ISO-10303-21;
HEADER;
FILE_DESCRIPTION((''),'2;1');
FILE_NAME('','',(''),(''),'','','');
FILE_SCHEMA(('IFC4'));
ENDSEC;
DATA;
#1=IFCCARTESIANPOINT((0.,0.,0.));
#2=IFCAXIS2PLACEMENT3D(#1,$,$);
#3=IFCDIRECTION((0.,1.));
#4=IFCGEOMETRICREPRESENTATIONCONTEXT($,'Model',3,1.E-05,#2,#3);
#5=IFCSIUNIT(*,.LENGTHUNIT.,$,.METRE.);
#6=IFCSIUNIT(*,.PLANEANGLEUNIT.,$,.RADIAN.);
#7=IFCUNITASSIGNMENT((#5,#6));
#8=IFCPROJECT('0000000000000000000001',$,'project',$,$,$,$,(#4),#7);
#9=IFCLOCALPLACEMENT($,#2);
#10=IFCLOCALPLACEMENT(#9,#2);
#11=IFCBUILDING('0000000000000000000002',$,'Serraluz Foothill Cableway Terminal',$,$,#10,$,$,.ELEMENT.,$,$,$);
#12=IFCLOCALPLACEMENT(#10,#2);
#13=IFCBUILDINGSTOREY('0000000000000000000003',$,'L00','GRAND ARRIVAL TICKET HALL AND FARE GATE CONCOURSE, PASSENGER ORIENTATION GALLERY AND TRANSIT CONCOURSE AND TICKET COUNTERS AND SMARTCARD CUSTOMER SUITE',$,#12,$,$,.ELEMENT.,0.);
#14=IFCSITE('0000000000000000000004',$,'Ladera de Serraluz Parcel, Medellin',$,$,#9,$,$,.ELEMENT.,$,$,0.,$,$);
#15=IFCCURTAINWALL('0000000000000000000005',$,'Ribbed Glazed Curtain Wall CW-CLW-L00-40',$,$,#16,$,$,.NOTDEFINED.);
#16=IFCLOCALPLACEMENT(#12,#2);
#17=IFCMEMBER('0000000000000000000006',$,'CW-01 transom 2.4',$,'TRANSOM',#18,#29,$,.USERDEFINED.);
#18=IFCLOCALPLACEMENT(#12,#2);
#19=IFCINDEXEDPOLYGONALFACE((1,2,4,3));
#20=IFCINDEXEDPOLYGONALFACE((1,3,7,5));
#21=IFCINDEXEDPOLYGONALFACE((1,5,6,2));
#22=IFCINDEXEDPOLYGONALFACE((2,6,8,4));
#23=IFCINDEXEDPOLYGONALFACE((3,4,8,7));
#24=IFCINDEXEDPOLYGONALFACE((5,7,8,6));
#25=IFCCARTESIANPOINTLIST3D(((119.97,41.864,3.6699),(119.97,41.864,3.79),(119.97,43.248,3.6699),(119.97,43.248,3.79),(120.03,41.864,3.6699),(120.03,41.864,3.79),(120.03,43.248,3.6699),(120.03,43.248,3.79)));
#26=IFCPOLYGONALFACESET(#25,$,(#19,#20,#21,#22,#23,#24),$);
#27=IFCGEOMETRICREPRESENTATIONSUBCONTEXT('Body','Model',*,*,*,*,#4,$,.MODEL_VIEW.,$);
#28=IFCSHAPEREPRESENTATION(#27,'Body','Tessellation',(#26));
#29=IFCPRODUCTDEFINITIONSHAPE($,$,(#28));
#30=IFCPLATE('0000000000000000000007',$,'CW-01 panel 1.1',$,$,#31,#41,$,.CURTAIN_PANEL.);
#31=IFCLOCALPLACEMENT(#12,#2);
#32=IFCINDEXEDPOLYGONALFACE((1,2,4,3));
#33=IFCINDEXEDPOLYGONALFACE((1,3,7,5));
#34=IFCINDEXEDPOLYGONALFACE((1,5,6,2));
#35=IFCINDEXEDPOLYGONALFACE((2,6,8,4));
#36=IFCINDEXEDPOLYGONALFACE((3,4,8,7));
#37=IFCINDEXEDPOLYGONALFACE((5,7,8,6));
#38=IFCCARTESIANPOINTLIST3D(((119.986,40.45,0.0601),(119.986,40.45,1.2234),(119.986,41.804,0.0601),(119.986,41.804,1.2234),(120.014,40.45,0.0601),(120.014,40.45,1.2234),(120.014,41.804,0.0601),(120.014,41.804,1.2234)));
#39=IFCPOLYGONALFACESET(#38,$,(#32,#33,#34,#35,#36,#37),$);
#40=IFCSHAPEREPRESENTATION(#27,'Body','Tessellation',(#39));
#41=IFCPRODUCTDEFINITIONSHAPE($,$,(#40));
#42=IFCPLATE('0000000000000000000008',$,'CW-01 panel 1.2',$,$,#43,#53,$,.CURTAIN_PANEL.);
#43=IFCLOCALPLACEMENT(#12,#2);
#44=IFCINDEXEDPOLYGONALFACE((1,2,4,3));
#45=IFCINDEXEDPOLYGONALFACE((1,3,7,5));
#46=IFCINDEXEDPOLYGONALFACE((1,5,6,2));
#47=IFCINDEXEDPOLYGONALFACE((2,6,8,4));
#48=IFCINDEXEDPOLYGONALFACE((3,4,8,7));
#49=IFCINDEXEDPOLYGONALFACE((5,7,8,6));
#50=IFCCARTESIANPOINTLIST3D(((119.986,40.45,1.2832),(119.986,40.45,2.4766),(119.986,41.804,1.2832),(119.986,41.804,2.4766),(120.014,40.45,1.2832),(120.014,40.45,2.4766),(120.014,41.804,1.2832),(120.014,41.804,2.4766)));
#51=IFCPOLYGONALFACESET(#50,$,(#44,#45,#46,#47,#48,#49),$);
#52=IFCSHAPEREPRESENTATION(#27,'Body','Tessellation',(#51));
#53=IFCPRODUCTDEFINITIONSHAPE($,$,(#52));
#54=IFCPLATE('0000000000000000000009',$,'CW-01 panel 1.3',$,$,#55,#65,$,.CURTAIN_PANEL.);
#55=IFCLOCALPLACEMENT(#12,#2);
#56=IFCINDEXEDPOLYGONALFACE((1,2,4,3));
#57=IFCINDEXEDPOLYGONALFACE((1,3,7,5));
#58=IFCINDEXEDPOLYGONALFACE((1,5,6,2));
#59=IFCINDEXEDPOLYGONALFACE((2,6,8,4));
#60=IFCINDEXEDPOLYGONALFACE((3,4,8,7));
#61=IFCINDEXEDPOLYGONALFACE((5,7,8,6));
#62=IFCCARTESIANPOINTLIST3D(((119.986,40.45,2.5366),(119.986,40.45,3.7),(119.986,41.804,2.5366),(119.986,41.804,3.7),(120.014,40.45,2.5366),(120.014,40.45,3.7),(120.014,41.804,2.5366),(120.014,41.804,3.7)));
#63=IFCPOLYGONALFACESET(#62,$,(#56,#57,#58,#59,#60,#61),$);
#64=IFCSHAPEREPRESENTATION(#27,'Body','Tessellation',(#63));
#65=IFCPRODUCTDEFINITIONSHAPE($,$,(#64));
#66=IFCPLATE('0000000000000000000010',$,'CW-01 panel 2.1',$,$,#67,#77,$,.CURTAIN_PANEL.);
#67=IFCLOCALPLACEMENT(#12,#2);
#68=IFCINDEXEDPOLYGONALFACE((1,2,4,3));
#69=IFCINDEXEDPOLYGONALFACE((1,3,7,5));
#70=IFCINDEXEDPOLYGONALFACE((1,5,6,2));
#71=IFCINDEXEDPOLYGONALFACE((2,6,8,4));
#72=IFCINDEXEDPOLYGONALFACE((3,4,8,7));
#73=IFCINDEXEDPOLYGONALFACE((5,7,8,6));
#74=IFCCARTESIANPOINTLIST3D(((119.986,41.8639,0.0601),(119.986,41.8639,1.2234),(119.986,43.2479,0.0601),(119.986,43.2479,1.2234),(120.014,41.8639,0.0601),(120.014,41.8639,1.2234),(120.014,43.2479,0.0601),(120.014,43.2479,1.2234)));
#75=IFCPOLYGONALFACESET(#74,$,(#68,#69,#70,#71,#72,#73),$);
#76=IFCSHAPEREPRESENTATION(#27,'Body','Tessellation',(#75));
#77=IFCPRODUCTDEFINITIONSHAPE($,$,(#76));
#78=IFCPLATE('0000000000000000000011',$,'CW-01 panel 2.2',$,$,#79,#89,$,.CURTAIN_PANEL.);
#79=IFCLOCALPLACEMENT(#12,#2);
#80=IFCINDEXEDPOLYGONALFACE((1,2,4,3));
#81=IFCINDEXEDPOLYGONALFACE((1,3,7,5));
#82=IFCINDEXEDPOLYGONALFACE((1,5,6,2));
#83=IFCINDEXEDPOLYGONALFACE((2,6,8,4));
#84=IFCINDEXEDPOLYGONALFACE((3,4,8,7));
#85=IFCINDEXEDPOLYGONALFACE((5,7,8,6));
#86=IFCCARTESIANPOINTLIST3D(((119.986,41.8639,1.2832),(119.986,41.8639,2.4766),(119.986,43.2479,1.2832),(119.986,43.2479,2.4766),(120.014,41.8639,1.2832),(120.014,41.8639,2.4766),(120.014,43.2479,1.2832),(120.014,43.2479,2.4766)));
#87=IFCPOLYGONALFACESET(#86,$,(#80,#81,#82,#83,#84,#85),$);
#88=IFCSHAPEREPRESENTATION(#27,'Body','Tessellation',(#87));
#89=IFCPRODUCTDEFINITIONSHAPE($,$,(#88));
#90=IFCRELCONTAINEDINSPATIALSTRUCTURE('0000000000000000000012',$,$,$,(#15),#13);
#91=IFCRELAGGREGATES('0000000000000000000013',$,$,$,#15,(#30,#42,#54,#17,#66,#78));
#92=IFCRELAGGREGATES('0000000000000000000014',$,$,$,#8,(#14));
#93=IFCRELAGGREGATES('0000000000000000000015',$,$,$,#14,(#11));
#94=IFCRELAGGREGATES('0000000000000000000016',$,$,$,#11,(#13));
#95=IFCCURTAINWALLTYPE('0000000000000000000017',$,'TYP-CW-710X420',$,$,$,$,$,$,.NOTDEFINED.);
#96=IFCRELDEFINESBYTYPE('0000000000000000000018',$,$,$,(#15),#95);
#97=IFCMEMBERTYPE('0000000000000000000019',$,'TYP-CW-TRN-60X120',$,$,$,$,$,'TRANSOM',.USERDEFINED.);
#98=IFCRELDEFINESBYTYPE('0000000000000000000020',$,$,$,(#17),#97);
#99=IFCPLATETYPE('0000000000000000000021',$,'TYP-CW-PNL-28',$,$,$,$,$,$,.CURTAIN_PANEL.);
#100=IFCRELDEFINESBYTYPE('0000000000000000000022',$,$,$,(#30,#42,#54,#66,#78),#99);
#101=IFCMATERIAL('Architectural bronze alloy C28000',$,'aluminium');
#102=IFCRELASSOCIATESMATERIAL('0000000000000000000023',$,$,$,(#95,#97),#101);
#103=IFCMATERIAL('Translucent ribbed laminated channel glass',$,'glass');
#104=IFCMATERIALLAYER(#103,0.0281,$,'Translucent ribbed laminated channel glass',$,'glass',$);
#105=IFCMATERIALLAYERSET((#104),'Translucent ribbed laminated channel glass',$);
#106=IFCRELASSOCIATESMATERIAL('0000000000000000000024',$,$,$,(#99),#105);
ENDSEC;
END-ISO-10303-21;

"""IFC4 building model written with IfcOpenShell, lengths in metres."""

from ifc_helpers import new_model, si_unit, direction, frame, origin, origin_2d, place, context, subcontext, project, spatial, rectangle, extrude, material, layer, layer_set, material_profile, profile_set, type_object, element, aggregate, save


model = new_model("IFC4")

# Units and contexts
model_context = context("Model", 3, precision=1e-05, world=origin(), true_north=direction((0.0, 1.0)))
body_context = subcontext(model_context, "Body", "Model", "MODEL_VIEW")
ifc_project = project(units=[si_unit("LENGTHUNIT", "METRE"), si_unit("PLANEANGLEUNIT", "RADIAN")], contexts=[model_context])

# Site, building, storey
site_placement = place(None, origin())
site = spatial("IfcSite", under=ifc_project, at=site_placement, Name="Ladera de Serraluz Parcel, Medellin", CompositionType="ELEMENT", RefElevation=0.0)
building_placement = place(site_placement, origin())
building = spatial("IfcBuilding", under=site, at=building_placement, Name="Serraluz Foothill Cableway Terminal", CompositionType="ELEMENT")
storey_placement = place(building_placement, origin())
storey = spatial("IfcBuildingStorey", under=building, at=storey_placement, Name="L00", Description="GRAND ARRIVAL TICKET HALL AND FARE GATE CONCOURSE, PASSENGER ORIENTATION GALLERY AND TRANSIT CONCOURSE AND TICKET COUNTERS AND SMARTCARD CUSTOMER SUITE", CompositionType="ELEMENT", Elevation=0.0)

# Shared definitions
ifc_material_1 = material(Name="Architectural bronze alloy C28000", Category="aluminium")
curtain_wall_type = type_object("IfcCurtainWallType", Name="TYP-CW-710X420", PredefinedType="NOTDEFINED", material=ifc_material_1)

# Curtain wall, member, plates
curtain_wall_1_placement = place(storey_placement, origin())
curtain_wall_1 = element("IfcCurtainWall", 1, at=curtain_wall_1_placement, inside=storey, type_object=curtain_wall_type, Name="Ribbed Glazed Curtain Wall CW-CLW-L00-40", PredefinedType="NOTDEFINED")
ifc_material_profile_1 = material_profile(ifc_material_1, rectangle(XDim=0.0601, YDim=0.1201, at=origin_2d()), Name="ALU TRANSOM 60x120")
ifc_profile_set_1 = profile_set([ifc_material_profile_1], Name="Architectural bronze alloy C28000")
member_type_1 = type_object("IfcMemberType", Name="TYP-CW-TRN-60X120", ElementType="TRANSOM", PredefinedType="USERDEFINED", material=ifc_profile_set_1)
member_1_placement = place(storey_placement, frame((120.0, 41.864, 3.73), z_axis=(0.0, 1.0, 0.0), x_axis=(-1.0, 0.0, 0.0)))
member_1 = element("IfcMember", 2, at=member_1_placement, type_object=member_type_1, Name="CW-01 transom 2.4", ObjectType="TRANSOM", PredefinedType="USERDEFINED", context=body_context, shape_type="SweptSolid", body=[
    extrude(rectangle(XDim=0.0601, YDim=0.1201, at=origin_2d()), origin(), (0.0, 0.0, 1.0), 1.384),
])
ifc_material_2 = material(Name="Translucent ribbed laminated channel glass", Category="glass")
ifc_layer = layer(ifc_material_2, 0.0281, Name="Translucent ribbed laminated channel glass", Category="glass")
ifc_layer_set = layer_set([ifc_layer], Name="Translucent ribbed laminated channel glass")
plate_type = type_object("IfcPlateType", Name="TYP-CW-PNL-28", PredefinedType="CURTAIN_PANEL", material=ifc_layer_set)
plate_1_placement = place(storey_placement, frame((120.0, 41.127, 0.0601), z_axis=(0.0, 0.0, 1.0), x_axis=(0.0, 1.0, 0.0)))
plate_1 = element("IfcPlate", 3, at=plate_1_placement, type_object=plate_type, Name="CW-01 panel 1.1", PredefinedType="CURTAIN_PANEL", context=body_context, shape_type="SweptSolid", body=[
    extrude(rectangle(XDim=1.354, YDim=0.0281, at=origin_2d()), origin(), (0.0, 0.0, 1.0), 1.1633),
])
plate_2_placement = place(storey_placement, frame((120.0, 41.127, 1.2832), z_axis=(0.0, 0.0, 1.0), x_axis=(0.0, 1.0, 0.0)))
plate_2 = element("IfcPlate", 4, at=plate_2_placement, type_object=plate_type, Name="CW-01 panel 1.2", PredefinedType="CURTAIN_PANEL", context=body_context, shape_type="SweptSolid", body=[
    extrude(rectangle(XDim=1.354, YDim=0.0281, at=origin_2d()), origin(), (0.0, 0.0, 1.0), 1.1934),
])
plate_3_placement = place(storey_placement, frame((120.0, 41.127, 2.5366), z_axis=(0.0, 0.0, 1.0), x_axis=(0.0, 1.0, 0.0)))
plate_3 = element("IfcPlate", 5, at=plate_3_placement, type_object=plate_type, Name="CW-01 panel 1.3", PredefinedType="CURTAIN_PANEL", context=body_context, shape_type="SweptSolid", body=[
    extrude(rectangle(XDim=1.354, YDim=0.0281, at=origin_2d()), origin(), (0.0, 0.0, 1.0), 1.1633),
])
plate_4_placement = place(storey_placement, frame((120.0, 42.5559, 0.0601), z_axis=(0.0, 0.0, 1.0), x_axis=(0.0, 1.0, 0.0)))
plate_4 = element("IfcPlate", 6, at=plate_4_placement, type_object=plate_type, Name="CW-01 panel 2.1", PredefinedType="CURTAIN_PANEL", context=body_context, shape_type="SweptSolid", body=[
    extrude(rectangle(XDim=1.384, YDim=0.0281, at=origin_2d()), origin(), (0.0, 0.0, 1.0), 1.1633),
])
plate_5_placement = place(storey_placement, frame((120.0, 42.5559, 1.2832), z_axis=(0.0, 0.0, 1.0), x_axis=(0.0, 1.0, 0.0)))
plate_5 = element("IfcPlate", 7, at=plate_5_placement, type_object=plate_type, Name="CW-01 panel 2.2", PredefinedType="CURTAIN_PANEL", context=body_context, shape_type="SweptSolid", body=[
    extrude(rectangle(XDim=1.384, YDim=0.0281, at=origin_2d()), origin(), (0.0, 0.0, 1.0), 1.1934),
])
aggregate(curtain_wall_1, [plate_1, plate_2, plate_3, member_1, plate_4, plate_5])

save(model, "model.ifc")
